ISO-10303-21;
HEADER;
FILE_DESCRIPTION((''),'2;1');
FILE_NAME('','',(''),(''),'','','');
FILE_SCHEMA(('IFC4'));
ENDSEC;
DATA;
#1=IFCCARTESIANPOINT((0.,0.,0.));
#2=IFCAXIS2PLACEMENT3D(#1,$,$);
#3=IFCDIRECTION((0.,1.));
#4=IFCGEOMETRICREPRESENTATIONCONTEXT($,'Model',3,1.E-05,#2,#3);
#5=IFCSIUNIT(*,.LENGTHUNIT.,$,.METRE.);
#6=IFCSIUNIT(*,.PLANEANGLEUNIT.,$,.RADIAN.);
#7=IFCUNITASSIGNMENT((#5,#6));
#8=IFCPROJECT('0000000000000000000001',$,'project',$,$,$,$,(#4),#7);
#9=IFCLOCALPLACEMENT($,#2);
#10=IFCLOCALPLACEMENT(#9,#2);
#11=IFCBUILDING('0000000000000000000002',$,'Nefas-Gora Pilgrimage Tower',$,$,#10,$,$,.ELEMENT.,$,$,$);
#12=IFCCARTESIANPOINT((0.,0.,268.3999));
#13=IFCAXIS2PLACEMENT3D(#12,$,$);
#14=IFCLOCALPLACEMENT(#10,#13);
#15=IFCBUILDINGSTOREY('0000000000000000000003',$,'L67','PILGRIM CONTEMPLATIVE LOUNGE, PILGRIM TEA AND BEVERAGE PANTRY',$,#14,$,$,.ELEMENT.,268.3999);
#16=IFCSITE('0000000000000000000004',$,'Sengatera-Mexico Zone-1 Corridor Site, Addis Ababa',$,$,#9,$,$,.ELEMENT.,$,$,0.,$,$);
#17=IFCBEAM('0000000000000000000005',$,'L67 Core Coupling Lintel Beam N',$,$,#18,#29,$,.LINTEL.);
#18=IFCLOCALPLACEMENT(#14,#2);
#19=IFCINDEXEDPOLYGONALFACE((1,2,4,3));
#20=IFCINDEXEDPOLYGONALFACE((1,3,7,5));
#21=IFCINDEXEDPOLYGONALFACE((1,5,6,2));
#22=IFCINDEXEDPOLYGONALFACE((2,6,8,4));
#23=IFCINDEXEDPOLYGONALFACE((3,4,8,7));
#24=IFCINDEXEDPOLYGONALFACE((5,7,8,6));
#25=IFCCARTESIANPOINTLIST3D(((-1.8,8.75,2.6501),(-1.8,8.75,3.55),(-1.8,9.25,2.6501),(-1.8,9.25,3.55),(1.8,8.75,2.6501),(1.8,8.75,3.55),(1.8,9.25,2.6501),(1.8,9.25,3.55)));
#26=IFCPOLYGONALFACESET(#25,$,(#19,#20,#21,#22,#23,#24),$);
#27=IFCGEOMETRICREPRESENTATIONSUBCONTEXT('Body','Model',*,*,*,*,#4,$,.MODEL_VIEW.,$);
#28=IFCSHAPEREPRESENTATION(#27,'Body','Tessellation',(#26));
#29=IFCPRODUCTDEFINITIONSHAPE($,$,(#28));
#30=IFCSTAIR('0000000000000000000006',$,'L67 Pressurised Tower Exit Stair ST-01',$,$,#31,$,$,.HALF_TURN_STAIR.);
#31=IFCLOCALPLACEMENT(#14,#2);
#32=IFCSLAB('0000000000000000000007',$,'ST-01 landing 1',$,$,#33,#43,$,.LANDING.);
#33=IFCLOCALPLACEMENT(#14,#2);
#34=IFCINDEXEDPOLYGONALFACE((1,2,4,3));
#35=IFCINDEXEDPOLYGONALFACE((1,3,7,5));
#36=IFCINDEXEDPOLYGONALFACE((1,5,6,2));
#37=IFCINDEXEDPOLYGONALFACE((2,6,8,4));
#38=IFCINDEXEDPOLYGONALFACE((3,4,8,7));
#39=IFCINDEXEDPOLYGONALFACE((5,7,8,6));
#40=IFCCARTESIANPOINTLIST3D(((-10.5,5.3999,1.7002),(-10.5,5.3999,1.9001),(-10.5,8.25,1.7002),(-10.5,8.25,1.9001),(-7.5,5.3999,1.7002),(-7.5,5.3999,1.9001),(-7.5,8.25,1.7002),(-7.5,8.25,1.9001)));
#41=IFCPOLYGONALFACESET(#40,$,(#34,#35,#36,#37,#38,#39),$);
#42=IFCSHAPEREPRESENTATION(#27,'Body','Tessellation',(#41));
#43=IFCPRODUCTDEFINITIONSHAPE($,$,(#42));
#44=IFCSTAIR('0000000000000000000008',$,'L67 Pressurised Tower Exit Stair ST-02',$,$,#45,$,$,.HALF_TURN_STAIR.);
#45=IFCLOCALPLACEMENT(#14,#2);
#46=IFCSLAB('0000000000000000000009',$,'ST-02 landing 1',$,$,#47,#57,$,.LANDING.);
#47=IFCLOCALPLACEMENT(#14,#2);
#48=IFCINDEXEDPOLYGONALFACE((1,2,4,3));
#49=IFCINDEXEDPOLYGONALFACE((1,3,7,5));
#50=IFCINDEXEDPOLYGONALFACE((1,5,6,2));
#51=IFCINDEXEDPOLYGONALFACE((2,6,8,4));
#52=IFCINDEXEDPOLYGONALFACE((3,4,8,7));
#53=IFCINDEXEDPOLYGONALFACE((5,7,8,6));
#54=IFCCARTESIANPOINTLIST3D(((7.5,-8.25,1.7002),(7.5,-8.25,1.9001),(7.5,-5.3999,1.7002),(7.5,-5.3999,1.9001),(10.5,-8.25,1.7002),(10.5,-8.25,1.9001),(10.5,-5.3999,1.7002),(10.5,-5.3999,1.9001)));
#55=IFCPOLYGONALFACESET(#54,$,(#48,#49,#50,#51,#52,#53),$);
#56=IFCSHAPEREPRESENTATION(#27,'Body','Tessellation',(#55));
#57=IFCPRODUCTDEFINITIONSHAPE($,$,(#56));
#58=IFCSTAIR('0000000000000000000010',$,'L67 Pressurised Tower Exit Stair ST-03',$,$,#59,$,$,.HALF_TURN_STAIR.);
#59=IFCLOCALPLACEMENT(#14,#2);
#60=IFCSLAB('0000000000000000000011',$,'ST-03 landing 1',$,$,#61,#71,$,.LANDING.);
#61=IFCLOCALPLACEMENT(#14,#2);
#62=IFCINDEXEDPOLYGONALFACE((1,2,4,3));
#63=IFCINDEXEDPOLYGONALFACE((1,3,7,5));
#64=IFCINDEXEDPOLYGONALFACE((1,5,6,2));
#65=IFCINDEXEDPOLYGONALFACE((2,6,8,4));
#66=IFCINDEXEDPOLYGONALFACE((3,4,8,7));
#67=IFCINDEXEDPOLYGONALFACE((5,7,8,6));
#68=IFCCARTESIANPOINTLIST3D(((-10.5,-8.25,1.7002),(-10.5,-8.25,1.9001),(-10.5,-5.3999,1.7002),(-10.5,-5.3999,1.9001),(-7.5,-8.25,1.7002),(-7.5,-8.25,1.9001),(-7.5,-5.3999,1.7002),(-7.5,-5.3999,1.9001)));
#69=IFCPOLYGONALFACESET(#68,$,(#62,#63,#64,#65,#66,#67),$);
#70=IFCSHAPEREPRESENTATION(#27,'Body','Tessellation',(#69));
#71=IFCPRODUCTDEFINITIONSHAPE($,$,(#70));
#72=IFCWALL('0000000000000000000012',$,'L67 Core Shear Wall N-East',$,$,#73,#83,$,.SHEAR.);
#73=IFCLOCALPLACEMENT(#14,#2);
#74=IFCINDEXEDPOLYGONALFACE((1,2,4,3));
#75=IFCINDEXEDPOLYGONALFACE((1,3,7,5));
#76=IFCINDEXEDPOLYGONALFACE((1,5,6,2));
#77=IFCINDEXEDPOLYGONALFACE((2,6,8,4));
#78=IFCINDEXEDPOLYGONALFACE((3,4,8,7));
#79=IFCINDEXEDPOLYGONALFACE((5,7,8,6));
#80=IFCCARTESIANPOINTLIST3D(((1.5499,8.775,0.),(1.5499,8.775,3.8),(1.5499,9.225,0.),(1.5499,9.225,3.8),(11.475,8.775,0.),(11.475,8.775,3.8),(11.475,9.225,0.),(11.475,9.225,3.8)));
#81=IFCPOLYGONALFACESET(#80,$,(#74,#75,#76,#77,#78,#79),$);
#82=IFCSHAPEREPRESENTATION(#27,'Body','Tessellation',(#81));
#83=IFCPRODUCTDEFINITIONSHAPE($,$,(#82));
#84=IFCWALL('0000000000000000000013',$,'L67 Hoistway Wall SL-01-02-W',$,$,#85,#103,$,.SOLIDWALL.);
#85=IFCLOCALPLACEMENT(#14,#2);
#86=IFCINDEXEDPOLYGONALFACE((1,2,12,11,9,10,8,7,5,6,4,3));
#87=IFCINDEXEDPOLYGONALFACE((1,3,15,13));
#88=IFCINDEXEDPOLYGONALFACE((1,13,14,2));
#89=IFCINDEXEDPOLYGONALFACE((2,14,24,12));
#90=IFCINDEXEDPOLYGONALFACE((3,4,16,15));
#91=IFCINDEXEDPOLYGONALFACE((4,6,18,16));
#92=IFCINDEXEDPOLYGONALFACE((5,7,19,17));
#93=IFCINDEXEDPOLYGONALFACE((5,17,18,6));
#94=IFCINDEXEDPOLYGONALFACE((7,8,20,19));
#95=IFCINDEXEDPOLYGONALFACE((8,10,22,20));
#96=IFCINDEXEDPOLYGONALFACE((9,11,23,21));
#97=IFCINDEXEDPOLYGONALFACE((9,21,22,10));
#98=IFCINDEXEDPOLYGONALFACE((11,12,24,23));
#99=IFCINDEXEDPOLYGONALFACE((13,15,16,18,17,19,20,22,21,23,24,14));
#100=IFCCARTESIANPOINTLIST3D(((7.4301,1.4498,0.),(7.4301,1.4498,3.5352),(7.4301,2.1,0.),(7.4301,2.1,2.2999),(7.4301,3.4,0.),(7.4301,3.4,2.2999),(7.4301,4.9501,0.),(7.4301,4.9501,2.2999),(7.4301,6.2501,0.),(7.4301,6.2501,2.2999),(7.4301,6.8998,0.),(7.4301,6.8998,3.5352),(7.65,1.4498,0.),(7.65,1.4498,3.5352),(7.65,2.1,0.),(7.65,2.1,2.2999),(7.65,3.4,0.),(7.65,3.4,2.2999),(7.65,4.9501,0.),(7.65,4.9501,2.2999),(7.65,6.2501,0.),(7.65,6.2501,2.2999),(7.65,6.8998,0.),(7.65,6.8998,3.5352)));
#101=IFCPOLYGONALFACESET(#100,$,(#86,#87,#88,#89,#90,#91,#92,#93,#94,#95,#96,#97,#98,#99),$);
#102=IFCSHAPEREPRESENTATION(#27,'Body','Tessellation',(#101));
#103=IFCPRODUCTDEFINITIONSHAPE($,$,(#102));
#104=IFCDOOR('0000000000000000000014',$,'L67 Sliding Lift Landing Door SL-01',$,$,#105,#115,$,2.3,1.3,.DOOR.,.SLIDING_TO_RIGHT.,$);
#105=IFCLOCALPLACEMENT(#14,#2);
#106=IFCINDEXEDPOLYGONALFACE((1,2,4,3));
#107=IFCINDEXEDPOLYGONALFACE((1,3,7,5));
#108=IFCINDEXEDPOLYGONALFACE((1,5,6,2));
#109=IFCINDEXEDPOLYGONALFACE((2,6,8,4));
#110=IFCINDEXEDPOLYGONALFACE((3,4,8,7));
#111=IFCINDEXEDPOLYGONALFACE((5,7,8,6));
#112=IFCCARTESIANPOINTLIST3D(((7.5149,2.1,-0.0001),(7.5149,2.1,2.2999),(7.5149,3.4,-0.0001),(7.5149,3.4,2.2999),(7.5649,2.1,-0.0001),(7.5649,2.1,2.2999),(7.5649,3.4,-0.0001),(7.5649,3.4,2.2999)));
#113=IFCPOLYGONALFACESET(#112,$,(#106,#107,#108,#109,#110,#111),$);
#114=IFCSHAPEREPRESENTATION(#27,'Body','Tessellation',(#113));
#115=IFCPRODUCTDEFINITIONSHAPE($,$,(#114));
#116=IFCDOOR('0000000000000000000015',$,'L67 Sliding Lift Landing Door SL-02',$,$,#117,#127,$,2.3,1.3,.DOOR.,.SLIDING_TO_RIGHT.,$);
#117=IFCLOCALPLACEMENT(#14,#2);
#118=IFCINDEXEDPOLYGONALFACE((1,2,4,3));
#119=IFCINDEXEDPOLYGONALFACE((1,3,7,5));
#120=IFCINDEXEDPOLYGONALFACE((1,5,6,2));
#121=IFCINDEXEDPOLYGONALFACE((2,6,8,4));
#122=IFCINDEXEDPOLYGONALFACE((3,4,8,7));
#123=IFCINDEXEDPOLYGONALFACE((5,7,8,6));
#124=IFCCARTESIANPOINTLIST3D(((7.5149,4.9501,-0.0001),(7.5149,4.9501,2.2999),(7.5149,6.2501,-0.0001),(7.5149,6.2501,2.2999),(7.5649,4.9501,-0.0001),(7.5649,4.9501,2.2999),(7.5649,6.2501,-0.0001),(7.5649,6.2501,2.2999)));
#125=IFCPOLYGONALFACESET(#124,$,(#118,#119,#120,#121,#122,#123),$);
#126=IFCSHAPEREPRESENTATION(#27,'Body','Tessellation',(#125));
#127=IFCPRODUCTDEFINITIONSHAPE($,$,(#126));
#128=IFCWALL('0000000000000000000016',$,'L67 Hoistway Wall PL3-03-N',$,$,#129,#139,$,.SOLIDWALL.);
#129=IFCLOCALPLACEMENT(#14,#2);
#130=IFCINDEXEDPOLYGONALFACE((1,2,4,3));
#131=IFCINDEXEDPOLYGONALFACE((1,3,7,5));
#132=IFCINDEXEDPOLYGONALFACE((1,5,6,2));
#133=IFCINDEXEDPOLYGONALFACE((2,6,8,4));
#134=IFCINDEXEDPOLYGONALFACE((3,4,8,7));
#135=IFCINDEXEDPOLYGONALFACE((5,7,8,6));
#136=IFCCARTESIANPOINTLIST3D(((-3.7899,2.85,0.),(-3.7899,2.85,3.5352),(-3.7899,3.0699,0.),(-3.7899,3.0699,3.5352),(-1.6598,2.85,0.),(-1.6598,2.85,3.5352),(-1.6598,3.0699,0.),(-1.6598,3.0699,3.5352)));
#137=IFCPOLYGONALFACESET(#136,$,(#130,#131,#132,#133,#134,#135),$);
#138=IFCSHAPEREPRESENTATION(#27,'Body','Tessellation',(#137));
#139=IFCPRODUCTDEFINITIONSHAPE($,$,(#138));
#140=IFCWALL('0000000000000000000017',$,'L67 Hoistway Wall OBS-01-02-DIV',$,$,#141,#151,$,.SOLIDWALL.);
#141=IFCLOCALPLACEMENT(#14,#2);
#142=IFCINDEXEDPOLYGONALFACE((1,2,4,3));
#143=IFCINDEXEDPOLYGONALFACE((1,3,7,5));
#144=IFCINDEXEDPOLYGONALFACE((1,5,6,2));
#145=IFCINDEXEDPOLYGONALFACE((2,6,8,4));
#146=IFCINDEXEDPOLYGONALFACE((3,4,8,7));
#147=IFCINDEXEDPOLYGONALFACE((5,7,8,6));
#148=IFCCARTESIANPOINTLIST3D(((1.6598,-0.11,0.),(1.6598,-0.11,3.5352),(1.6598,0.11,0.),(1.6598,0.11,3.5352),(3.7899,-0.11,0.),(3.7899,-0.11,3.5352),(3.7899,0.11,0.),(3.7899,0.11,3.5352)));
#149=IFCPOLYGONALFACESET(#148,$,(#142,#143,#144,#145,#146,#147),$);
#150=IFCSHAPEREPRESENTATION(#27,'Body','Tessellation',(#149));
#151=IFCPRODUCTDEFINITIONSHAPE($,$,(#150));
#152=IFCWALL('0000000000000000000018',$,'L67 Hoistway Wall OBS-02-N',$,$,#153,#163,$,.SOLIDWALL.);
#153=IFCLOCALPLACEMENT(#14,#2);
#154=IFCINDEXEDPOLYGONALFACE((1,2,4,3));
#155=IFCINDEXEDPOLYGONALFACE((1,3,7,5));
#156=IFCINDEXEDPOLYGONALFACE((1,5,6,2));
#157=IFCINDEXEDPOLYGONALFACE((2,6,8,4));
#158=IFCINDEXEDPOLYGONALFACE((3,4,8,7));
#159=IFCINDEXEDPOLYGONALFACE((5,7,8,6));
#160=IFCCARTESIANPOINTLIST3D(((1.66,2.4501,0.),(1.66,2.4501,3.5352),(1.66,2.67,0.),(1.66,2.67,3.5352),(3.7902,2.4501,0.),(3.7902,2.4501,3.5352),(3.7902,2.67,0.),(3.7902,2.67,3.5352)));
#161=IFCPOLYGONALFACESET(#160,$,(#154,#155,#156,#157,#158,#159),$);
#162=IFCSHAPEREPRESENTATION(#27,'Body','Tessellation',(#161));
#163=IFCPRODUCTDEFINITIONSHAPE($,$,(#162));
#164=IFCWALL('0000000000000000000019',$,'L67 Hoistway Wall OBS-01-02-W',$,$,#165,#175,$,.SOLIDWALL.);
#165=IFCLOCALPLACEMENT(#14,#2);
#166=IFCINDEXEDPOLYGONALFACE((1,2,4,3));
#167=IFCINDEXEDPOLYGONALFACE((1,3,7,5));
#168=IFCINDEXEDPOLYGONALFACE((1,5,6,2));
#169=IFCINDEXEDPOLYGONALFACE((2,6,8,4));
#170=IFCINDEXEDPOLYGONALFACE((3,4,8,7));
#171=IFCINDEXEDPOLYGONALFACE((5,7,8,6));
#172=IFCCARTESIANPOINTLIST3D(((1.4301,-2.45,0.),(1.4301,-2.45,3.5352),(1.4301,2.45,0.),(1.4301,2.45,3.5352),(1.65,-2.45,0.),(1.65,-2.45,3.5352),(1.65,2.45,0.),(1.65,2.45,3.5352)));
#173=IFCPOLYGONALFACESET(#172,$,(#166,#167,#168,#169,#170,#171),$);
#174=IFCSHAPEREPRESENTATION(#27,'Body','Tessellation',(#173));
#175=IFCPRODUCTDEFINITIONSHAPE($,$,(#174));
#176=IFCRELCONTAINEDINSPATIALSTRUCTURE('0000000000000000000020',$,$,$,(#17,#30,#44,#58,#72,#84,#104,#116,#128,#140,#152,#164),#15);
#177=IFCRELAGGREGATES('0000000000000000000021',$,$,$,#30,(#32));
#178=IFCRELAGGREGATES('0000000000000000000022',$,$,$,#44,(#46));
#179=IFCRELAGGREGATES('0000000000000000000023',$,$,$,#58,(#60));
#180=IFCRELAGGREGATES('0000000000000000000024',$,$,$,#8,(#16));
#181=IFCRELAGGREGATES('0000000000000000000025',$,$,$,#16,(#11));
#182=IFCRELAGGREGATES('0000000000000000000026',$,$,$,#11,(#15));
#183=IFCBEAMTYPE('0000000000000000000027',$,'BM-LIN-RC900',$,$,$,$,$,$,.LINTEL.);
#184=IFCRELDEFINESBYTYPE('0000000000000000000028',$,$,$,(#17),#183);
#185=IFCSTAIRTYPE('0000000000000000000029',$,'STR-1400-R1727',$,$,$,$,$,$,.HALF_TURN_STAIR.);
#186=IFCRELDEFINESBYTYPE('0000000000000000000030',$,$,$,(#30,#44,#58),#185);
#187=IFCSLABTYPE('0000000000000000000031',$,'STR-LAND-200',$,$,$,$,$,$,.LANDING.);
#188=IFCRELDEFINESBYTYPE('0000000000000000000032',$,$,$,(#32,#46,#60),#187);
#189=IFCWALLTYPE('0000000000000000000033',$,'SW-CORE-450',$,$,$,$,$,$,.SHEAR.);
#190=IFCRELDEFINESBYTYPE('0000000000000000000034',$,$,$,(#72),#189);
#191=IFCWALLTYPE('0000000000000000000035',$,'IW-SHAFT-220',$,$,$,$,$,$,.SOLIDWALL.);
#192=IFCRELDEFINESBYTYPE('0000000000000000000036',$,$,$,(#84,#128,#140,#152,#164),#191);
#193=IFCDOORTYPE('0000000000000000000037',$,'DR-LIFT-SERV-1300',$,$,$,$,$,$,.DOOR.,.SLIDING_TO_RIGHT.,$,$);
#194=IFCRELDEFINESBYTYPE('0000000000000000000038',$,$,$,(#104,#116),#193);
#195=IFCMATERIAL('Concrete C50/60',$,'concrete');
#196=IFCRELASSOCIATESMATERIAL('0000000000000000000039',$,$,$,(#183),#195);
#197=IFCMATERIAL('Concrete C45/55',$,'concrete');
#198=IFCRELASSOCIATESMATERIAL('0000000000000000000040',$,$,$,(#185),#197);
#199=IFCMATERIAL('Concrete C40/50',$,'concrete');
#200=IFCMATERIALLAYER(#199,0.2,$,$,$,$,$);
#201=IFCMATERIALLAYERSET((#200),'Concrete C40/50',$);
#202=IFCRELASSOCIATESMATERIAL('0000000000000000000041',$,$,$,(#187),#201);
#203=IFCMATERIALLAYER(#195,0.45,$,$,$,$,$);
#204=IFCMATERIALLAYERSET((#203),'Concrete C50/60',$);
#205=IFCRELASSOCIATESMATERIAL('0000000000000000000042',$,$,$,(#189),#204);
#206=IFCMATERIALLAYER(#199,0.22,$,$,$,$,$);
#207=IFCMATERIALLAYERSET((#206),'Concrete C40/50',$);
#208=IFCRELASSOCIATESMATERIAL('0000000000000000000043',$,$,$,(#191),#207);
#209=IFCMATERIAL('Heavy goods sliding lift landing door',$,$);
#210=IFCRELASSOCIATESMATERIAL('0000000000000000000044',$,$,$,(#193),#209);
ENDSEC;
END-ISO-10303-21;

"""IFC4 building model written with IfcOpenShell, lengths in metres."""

from ifc_helpers import new_model, si_unit, direction, frame, frame_2d, origin, origin_2d, place, context, subcontext, project, spatial, polyline, rectangle, outline, extrude, source, transform, mapped, material, layer, layer_set, material_profile, profile_set, type_object, element, fill, aggregate, save


model = new_model("IFC4")

# Units and contexts
model_context = context("Model", 3, precision=1e-05, world=origin(), true_north=direction((0.0, 1.0)))
body_context = subcontext(model_context, "Body", "Model", "MODEL_VIEW")
ifc_project = project(units=[si_unit("LENGTHUNIT", "METRE"), si_unit("PLANEANGLEUNIT", "RADIAN")], contexts=[model_context])

# Site, building, storey
site_placement = place(None, origin())
site = spatial("IfcSite", under=ifc_project, at=site_placement, Name="Sengatera-Mexico Zone-1 Corridor Site, Addis Ababa", CompositionType="ELEMENT", RefElevation=0.0)
building_placement = place(site_placement, origin())
building = spatial("IfcBuilding", under=site, at=building_placement, Name="Nefas-Gora Pilgrimage Tower", CompositionType="ELEMENT")
storey_placement = place(building_placement, frame((0.0, 0.0, 268.3999)))
storey = spatial("IfcBuildingStorey", under=building, at=storey_placement, Name="L67", Description="PILGRIM CONTEMPLATIVE LOUNGE, PILGRIM TEA AND BEVERAGE PANTRY", CompositionType="ELEMENT", Elevation=268.3999)

# Beam
ifc_material_1 = material(Name="Concrete C50/60", Category="concrete")
ifc_material_profile = material_profile(ifc_material_1, rectangle(XDim=0.5, YDim=0.8999, at=origin_2d()), Name="RC 500x900")
ifc_profile_set = profile_set([ifc_material_profile], Name="Concrete C50/60")
beam_type = type_object("IfcBeamType", Name="BM-LIN-RC900", PredefinedType="LINTEL", material=ifc_profile_set)
shared_shape_1 = source(origin(), body_context, "Body", "SweptSolid", [
    extrude(rectangle(XDim=0.5, YDim=0.8999, at=origin_2d()), origin(), (0.0, 0.0, 1.0), 3.6001),
])
beam_placement = place(storey_placement, frame((-1.8, 9.0, 3.1001), z_axis=(1.0, 0.0, 0.0), x_axis=(0.0, 1.0, 0.0)))
element("IfcBeam", 1, at=beam_placement, inside=storey, type_object=beam_type, Name="L67 Core Coupling Lintel Beam N", PredefinedType="LINTEL", context=body_context, shape_type="MappedRepresentation", body=[
    mapped(shared_shape_1, transform((0.0, 0.0, 0.0), x_axis=(1.0, 0.0, 0.0), y_axis=(0.0, 1.0, 0.0), z_axis=(0.0, 0.0, 1.0), scale=1.0)),
])

# Stairs, slabs
ifc_material_2 = material(Name="Concrete C45/55", Category="concrete")
stair_type = type_object("IfcStairType", Name="STR-1400-R1727", PredefinedType="HALF_TURN_STAIR", material=ifc_material_2)
stair_1_placement = place(storey_placement, origin())
stair_1 = element("IfcStair", 2, at=stair_1_placement, inside=storey, type_object=stair_type, Name="L67 Pressurised Tower Exit Stair ST-01", PredefinedType="HALF_TURN_STAIR")
ifc_material_3 = material(Name="Concrete C40/50", Category="concrete")
ifc_layer_1 = layer(ifc_material_3, 0.2)
ifc_layer_set_1 = layer_set([ifc_layer_1], Name="Concrete C40/50")
slab_type = type_object("IfcSlabType", Name="STR-LAND-200", PredefinedType="LANDING", material=ifc_layer_set_1)
slab_1_placement = place(storey_placement, frame((0.0, 0.0, 1.7002)))
slab_1 = element("IfcSlab", 3, at=slab_1_placement, type_object=slab_type, Name="ST-01 landing 1", PredefinedType="LANDING", context=body_context, shape_type="SweptSolid", body=[
    extrude(outline(polyline([(-7.5, 5.3999), (-7.5, 8.25), (-10.5, 8.25), (-10.5, 5.3999), (-7.5, 5.3999)])), origin(), (0.0, 0.0, 1.0), 0.2),
])
aggregate(stair_1, [slab_1])
stair_2_placement = place(storey_placement, origin())
stair_2 = element("IfcStair", 4, at=stair_2_placement, inside=storey, type_object=stair_type, Name="L67 Pressurised Tower Exit Stair ST-02", PredefinedType="HALF_TURN_STAIR")
slab_2_placement = place(storey_placement, frame((0.0, 0.0, 1.7002)))
slab_2 = element("IfcSlab", 5, at=slab_2_placement, type_object=slab_type, Name="ST-02 landing 1", PredefinedType="LANDING", context=body_context, shape_type="SweptSolid", body=[
    extrude(outline(polyline([(7.5, -5.3999), (7.5, -8.25), (10.5, -8.25), (10.5, -5.3999), (7.5, -5.3999)])), origin(), (0.0, 0.0, 1.0), 0.2),
])
aggregate(stair_2, [slab_2])
stair_3_placement = place(storey_placement, origin())
stair_3 = element("IfcStair", 6, at=stair_3_placement, inside=storey, type_object=stair_type, Name="L67 Pressurised Tower Exit Stair ST-03", PredefinedType="HALF_TURN_STAIR")
slab_3_placement = place(storey_placement, frame((0.0, 0.0, 1.7002)))
slab_3 = element("IfcSlab", 7, at=slab_3_placement, type_object=slab_type, Name="ST-03 landing 1", PredefinedType="LANDING", context=body_context, shape_type="SweptSolid", body=[
    extrude(outline(polyline([(-10.5, -5.3999), (-10.5, -8.25), (-7.5, -8.25), (-7.5, -5.3999), (-10.5, -5.3999)])), origin(), (0.0, 0.0, 1.0), 0.2),
])
aggregate(stair_3, [slab_3])

# Wall
ifc_layer_2 = layer(ifc_material_1, 0.45)
ifc_layer_set_2 = layer_set([ifc_layer_2], Name="Concrete C50/60")
wall_type_1 = type_object("IfcWallType", Name="SW-CORE-450", PredefinedType="SHEAR", material=ifc_layer_set_2)
shared_shape_2 = source(origin(), body_context, "Body", "SweptSolid", [
    extrude(rectangle(XDim=9.925, YDim=0.45, at=frame_2d((4.9624, 0.0))), origin(), (0.0, 0.0, 1.0), 3.8),
])
wall_1_placement = place(storey_placement, frame((1.55, 9.0, 0.0), z_axis=(0.0, 0.0, 1.0), x_axis=(1.0, 0.0, 0.0)))
element("IfcWall", 8, at=wall_1_placement, inside=storey, type_object=wall_type_1, Name="L67 Core Shear Wall N-East", PredefinedType="SHEAR", context=body_context, shape_type="MappedRepresentation", body=[
    mapped(shared_shape_2, transform((0.0, 0.0, 0.0), x_axis=(1.0, 0.0, 0.0), y_axis=(0.0, 1.0, 0.0), z_axis=(0.0, 0.0, 1.0), scale=1.0)),
])

# Wall, openings, doors
ifc_layer_3 = layer(ifc_material_3, 0.22)
ifc_layer_set_3 = layer_set([ifc_layer_3], Name="Concrete C40/50")
wall_type_2 = type_object("IfcWallType", Name="IW-SHAFT-220", PredefinedType="SOLIDWALL", material=ifc_layer_set_3)
shared_shape_3 = source(origin(), body_context, "Body", "SweptSolid", [
    extrude(rectangle(XDim=5.45, YDim=0.22, at=frame_2d((2.7251, 0.0))), origin(), (0.0, 0.0, 1.0), 3.5352),
])
wall_2_placement = place(storey_placement, frame((7.54, 6.8999, 0.0), z_axis=(0.0, 0.0, 1.0), x_axis=(0.0, -1.0, 0.0)))
wall_2 = element("IfcWall", 9, at=wall_2_placement, inside=storey, type_object=wall_type_2, Name="L67 Hoistway Wall SL-01-02-W", PredefinedType="SOLIDWALL", context=body_context, shape_type="MappedRepresentation", body=[
    mapped(shared_shape_3, transform((0.0, 0.0, 0.0), x_axis=(1.0, 0.0, 0.0), y_axis=(0.0, 1.0, 0.0), z_axis=(0.0, 0.0, 1.0), scale=1.0)),
])
opening_1_placement = place(wall_2_placement, frame((3.5, 0.0, 0.0)))
opening_1 = element("IfcOpeningElement", 10, at=opening_1_placement, cuts=wall_2, PredefinedType="OPENING", context=body_context, shape_type="SweptSolid", body=[
    extrude(rectangle(XDim=1.3, YDim=2.3, at=frame_2d((0.6499, 1.1499))), frame((0.0, 0.1199, 0.0), z_axis=(0.0, -1.0, 0.0), x_axis=(1.0, 0.0, 0.0)), (0.0, 0.0, 1.0), 0.24),
])
opening_2_placement = place(wall_2_placement, frame((0.6499, 0.0, 0.0)))
opening_2 = element("IfcOpeningElement", 11, at=opening_2_placement, cuts=wall_2, PredefinedType="OPENING", context=body_context, shape_type="SweptSolid", body=[
    extrude(rectangle(XDim=1.3, YDim=2.3, at=frame_2d((0.6499, 1.1499))), frame((0.0, 0.1199, 0.0), z_axis=(0.0, -1.0, 0.0), x_axis=(1.0, 0.0, 0.0)), (0.0, 0.0, 1.0), 0.24),
])
ifc_material_4 = material(Name="Heavy goods sliding lift landing door")
door_type_1 = type_object("IfcDoorType", Name="DR-LIFT-SERV-1300", OperationType="SLIDING_TO_RIGHT", PredefinedType="DOOR", material=ifc_material_4)
shared_shape_4 = source(origin(), body_context, "Body", "SweptSolid", [
    extrude(rectangle(XDim=1.3, YDim=2.3, at=frame_2d((0.6499, 1.1499))), frame((0.0, 0.0249, 0.0), z_axis=(0.0, -1.0, 0.0), x_axis=(1.0, 0.0, 0.0)), (0.0, 0.0, 1.0), 0.05),
])
door_1_placement = place(opening_1_placement, origin())
door_1 = element("IfcDoor", 12, at=door_1_placement, inside=storey, type_object=door_type_1, Name="L67 Sliding Lift Landing Door SL-01", OperationType="SLIDING_TO_RIGHT", OverallHeight=2.3, OverallWidth=1.3, PredefinedType="DOOR", context=body_context, shape_type="MappedRepresentation", body=[
    mapped(shared_shape_4, transform((0.0, 0.0, 0.0), x_axis=(1.0, 0.0, 0.0), y_axis=(0.0, 1.0, 0.0), z_axis=(0.0, 0.0, 1.0), scale=1.0)),
])
fill(opening_1, door_1)
door_2_placement = place(opening_2_placement, origin())
door_2 = element("IfcDoor", 13, at=door_2_placement, inside=storey, type_object=door_type_1, Name="L67 Sliding Lift Landing Door SL-02", OperationType="SLIDING_TO_RIGHT", OverallHeight=2.3, OverallWidth=1.3, PredefinedType="DOOR", context=body_context, shape_type="MappedRepresentation", body=[
    mapped(shared_shape_4, transform((0.0, 0.0, 0.0), x_axis=(1.0, 0.0, 0.0), y_axis=(0.0, 1.0, 0.0), z_axis=(0.0, 0.0, 1.0), scale=1.0)),
])
fill(opening_2, door_2)

# Walls
shared_shape_5 = source(origin(), body_context, "Body", "SweptSolid", [
    extrude(rectangle(XDim=2.1301, YDim=0.22, at=frame_2d((1.0649, 0.0))), origin(), (0.0, 0.0, 1.0), 3.5352),
])
for number, where, z_axis, x_axis, name in (
    (14, (-1.6599, 2.96, 0.0), (0.0, 0.0, 1.0), (-1.0, 0.0, 0.0), "L67 Hoistway Wall PL3-03-N"),
    (15, (1.6599, 0.0, 0.0), (0.0, 0.0, 1.0), (1.0, 0.0, 0.0), "L67 Hoistway Wall OBS-01-02-DIV"),
    (16, (3.79, 2.5601, 0.0), (0.0, 0.0, 1.0), (-1.0, 0.0, 0.0), "L67 Hoistway Wall OBS-02-N"),
):
    element("IfcWall", number, at=place(storey_placement, frame(where, z_axis=z_axis, x_axis=x_axis)), inside=storey, type_object=wall_type_2, Name=name, PredefinedType="SOLIDWALL", context=body_context, shape_type="MappedRepresentation", body=[
        mapped(shared_shape_5, transform((0.0, 0.0, 0.0), x_axis=(1.0, 0.0, 0.0), y_axis=(0.0, 1.0, 0.0), z_axis=(0.0, 0.0, 1.0), scale=1.0)),
    ])
shared_shape_6 = source(origin(), body_context, "Body", "SweptSolid", [
    extrude(rectangle(XDim=4.8999, YDim=0.22, at=frame_2d((2.45, 0.0))), origin(), (0.0, 0.0, 1.0), 3.5352),
])
wall_3_placement = place(storey_placement, frame((1.54, 2.45, 0.0), z_axis=(0.0, 0.0, 1.0), x_axis=(0.0, -1.0, 0.0)))
element("IfcWall", 17, at=wall_3_placement, inside=storey, type_object=wall_type_2, Name="L67 Hoistway Wall OBS-01-02-W", PredefinedType="SOLIDWALL", context=body_context, shape_type="MappedRepresentation", body=[
    mapped(shared_shape_6, transform((0.0, 0.0, 0.0), x_axis=(1.0, 0.0, 0.0), y_axis=(0.0, 1.0, 0.0), z_axis=(0.0, 0.0, 1.0), scale=1.0)),
])

save(model, "model.ifc")
